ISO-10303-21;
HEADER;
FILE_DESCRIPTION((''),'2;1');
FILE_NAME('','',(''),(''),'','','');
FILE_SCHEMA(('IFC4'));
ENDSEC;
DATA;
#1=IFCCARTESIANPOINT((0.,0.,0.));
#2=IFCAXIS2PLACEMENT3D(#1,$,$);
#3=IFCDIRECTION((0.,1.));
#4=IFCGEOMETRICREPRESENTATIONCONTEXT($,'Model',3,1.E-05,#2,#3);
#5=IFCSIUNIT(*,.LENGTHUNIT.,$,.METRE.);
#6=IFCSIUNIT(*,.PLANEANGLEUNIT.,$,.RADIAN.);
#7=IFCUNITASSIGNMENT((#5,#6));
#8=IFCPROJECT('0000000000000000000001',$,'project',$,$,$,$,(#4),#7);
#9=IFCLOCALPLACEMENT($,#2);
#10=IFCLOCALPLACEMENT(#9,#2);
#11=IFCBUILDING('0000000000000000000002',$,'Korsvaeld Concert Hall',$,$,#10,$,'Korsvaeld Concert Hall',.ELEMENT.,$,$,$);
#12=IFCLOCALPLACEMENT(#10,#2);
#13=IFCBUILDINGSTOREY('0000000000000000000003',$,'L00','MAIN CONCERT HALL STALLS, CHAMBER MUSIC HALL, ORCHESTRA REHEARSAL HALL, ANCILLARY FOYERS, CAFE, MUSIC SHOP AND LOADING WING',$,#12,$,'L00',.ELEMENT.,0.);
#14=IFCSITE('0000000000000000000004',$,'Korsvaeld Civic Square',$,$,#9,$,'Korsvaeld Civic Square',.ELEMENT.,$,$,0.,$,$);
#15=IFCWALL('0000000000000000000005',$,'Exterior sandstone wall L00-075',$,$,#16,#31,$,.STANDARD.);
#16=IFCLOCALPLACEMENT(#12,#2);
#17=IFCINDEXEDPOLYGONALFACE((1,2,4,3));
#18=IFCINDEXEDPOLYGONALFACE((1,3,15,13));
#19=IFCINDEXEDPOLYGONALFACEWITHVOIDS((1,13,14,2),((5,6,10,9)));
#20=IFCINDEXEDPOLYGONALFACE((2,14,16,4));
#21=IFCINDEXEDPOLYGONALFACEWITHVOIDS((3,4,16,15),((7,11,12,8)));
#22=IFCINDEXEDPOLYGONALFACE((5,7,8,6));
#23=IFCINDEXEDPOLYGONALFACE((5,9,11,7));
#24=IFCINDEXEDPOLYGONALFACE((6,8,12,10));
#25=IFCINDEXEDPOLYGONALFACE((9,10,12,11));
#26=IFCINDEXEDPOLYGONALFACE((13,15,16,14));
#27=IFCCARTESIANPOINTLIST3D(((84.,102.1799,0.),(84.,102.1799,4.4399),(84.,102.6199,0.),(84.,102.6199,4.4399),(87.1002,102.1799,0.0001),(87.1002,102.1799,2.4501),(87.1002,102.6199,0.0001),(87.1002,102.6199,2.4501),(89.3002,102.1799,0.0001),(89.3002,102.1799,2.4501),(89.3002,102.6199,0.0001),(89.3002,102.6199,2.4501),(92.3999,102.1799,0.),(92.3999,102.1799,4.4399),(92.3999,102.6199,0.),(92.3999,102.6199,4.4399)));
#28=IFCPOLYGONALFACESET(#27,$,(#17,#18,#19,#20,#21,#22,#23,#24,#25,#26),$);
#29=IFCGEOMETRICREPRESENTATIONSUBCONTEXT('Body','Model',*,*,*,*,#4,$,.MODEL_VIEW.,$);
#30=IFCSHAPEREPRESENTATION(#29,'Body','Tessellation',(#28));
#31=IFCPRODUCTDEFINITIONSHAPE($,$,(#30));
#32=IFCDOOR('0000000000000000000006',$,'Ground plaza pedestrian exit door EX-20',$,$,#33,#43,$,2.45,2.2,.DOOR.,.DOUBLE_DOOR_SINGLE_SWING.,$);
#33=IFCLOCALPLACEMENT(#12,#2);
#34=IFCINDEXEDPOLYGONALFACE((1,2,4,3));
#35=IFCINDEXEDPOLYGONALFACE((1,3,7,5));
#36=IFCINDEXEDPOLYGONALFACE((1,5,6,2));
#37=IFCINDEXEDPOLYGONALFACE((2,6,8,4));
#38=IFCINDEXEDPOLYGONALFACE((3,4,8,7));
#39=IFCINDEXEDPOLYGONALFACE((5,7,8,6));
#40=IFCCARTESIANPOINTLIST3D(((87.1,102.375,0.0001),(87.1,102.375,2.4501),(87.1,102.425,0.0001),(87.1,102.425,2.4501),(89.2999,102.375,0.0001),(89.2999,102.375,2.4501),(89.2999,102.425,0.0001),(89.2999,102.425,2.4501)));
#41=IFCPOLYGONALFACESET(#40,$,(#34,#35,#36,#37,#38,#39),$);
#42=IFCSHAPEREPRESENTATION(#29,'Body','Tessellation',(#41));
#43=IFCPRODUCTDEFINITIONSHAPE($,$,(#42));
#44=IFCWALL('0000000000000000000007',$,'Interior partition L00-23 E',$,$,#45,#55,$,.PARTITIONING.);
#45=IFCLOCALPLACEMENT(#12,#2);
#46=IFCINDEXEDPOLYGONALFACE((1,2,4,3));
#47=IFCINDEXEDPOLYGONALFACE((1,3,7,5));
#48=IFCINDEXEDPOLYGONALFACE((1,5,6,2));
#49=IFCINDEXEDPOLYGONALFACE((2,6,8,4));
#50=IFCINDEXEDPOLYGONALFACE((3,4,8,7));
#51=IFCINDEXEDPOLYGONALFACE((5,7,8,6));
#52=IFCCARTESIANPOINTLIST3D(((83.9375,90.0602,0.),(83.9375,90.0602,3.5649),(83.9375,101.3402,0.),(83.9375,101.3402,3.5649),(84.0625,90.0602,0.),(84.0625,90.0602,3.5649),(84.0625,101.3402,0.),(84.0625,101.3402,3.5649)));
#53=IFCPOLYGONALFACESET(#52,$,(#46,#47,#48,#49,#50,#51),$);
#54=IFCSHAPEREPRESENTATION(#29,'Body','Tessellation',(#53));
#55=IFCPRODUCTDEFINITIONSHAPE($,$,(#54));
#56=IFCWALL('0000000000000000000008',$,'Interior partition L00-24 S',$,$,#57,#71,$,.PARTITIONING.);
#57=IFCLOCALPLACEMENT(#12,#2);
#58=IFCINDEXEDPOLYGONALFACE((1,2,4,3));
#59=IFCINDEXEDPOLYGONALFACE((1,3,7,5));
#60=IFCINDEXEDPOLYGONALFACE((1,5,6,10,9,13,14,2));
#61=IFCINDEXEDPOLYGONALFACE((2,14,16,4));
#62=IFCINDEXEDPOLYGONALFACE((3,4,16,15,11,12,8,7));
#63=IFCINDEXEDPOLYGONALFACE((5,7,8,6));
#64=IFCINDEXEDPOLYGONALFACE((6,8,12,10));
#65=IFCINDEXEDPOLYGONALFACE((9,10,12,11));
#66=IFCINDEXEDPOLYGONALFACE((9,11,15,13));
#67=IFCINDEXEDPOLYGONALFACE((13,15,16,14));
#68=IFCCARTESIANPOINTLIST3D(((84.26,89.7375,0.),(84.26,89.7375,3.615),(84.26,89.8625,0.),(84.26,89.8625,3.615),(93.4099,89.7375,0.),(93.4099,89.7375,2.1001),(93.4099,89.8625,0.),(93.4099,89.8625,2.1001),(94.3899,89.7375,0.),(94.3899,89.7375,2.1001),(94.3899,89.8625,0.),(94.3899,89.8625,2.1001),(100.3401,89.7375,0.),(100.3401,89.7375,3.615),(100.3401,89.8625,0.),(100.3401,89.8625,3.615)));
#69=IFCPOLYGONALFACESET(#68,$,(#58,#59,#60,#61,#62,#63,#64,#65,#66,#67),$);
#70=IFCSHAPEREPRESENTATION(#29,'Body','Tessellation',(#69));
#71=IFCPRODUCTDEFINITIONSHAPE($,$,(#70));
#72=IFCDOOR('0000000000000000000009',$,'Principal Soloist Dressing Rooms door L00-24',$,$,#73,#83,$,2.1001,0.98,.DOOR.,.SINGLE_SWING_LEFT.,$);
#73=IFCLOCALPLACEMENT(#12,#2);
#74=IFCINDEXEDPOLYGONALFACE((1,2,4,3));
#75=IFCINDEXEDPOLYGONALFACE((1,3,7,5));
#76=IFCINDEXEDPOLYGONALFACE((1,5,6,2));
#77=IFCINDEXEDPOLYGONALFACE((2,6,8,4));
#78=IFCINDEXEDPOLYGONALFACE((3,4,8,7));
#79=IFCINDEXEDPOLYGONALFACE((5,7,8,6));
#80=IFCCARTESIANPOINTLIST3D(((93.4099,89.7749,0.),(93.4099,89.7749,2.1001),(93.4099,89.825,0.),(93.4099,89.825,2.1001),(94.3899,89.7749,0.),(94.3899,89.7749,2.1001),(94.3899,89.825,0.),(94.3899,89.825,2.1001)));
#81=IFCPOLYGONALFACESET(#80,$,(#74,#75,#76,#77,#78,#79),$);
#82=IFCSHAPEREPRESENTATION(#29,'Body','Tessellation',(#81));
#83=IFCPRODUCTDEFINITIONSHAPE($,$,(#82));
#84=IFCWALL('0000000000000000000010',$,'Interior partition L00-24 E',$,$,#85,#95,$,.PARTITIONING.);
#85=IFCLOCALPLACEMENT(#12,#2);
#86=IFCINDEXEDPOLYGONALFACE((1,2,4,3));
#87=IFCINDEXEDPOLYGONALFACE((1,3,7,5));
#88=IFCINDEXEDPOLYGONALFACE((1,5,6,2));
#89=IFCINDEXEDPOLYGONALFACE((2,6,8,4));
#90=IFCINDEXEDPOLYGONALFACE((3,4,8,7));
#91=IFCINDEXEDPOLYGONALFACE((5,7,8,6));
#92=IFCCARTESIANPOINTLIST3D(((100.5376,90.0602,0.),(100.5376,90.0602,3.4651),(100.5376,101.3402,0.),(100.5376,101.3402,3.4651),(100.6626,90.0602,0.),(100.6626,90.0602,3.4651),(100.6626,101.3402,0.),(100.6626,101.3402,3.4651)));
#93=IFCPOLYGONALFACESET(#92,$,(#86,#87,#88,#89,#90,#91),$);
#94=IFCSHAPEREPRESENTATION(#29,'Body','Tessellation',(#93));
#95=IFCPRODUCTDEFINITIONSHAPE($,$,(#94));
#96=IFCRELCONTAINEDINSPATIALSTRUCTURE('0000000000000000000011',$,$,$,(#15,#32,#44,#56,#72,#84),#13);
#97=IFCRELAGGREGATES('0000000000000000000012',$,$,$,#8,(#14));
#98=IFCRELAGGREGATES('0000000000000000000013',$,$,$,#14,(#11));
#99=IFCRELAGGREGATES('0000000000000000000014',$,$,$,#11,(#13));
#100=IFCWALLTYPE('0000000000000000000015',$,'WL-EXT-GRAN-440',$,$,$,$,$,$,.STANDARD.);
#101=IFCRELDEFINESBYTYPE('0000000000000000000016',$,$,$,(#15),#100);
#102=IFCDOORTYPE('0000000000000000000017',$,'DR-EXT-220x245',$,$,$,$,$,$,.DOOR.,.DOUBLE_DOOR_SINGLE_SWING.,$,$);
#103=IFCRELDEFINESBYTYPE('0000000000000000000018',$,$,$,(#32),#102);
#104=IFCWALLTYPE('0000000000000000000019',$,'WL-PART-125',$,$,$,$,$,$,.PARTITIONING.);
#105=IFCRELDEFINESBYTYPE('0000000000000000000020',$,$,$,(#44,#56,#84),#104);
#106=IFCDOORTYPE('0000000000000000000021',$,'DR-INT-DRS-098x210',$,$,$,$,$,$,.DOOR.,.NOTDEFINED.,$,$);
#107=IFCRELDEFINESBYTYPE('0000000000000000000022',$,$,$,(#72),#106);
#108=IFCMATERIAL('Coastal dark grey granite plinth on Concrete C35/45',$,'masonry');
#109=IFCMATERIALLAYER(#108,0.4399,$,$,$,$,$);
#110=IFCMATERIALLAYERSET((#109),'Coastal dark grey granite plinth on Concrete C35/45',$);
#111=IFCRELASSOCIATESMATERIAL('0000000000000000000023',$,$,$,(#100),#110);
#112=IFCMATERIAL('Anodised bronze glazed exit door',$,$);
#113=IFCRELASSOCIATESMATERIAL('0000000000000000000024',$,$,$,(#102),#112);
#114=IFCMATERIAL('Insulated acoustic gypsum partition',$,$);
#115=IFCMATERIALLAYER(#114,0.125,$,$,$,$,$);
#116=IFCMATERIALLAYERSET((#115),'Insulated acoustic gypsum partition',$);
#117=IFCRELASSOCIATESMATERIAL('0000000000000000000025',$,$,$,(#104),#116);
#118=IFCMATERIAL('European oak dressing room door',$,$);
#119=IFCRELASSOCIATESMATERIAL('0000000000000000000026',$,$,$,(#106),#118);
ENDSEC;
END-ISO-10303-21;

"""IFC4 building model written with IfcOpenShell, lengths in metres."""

from ifc_helpers import new_model, si_unit, direction, frame, frame_2d, origin, place, context, subcontext, project, spatial, rectangle, extrude, material, layer, layer_set, type_object, element, fill, save


model = new_model("IFC4")

# Units and contexts
model_context = context("Model", 3, precision=1e-05, world=origin(), true_north=direction((0.0, 1.0)))
body_context = subcontext(model_context, "Body", "Model", "MODEL_VIEW")
ifc_project = project(units=[si_unit("LENGTHUNIT", "METRE"), si_unit("PLANEANGLEUNIT", "RADIAN")], contexts=[model_context])

# Site, building, storey
site_placement = place(None, origin())
site = spatial("IfcSite", under=ifc_project, at=site_placement, Name="Korsvaeld Civic Square", LongName="Korsvaeld Civic Square", CompositionType="ELEMENT", RefElevation=0.0)
building_placement = place(site_placement, origin())
building = spatial("IfcBuilding", under=site, at=building_placement, Name="Korsvaeld Concert Hall", LongName="Korsvaeld Concert Hall", CompositionType="ELEMENT")
storey_placement = place(building_placement, origin())
storey = spatial("IfcBuildingStorey", under=building, at=storey_placement, Name="L00", Description="MAIN CONCERT HALL STALLS, CHAMBER MUSIC HALL, ORCHESTRA REHEARSAL HALL, ANCILLARY FOYERS, CAFE, MUSIC SHOP AND LOADING WING", LongName="L00", CompositionType="ELEMENT", Elevation=0.0)

# Wall, opening, door
ifc_material_1 = material(Name="Coastal dark grey granite plinth on Concrete C35/45", Category="masonry")
ifc_layer_1 = layer(ifc_material_1, 0.4399)
ifc_layer_set_1 = layer_set([ifc_layer_1], Name="Coastal dark grey granite plinth on Concrete C35/45")
wall_type_1 = type_object("IfcWallType", Name="WL-EXT-GRAN-440", PredefinedType="STANDARD", material=ifc_layer_set_1)
wall_1_placement = place(storey_placement, frame((84.0, 102.3999, 0.0), z_axis=(0.0, 0.0, 1.0), x_axis=(1.0, 0.0, 0.0)))
wall_1 = element("IfcWall", 1, at=wall_1_placement, inside=storey, type_object=wall_type_1, Name="Exterior sandstone wall L00-075", PredefinedType="STANDARD", context=body_context, shape_type="SweptSolid", body=[
    extrude(rectangle(XDim=8.3999, YDim=0.4399, at=frame_2d((4.2, 0.0))), origin(), (0.0, 0.0, 1.0), 4.4399),
])
opening_1_placement = place(wall_1_placement, frame((3.1001, 0.0, 0.0)))
opening_1 = element("IfcOpeningElement", 2, at=opening_1_placement, cuts=wall_1, PredefinedType="OPENING", context=body_context, shape_type="SweptSolid", body=[
    extrude(rectangle(XDim=2.2, YDim=2.45, at=frame_2d((1.1001, 1.2251))), frame((0.0, 0.23, 0.0), z_axis=(0.0, -1.0, 0.0), x_axis=(1.0, 0.0, 0.0)), (0.0, 0.0, 1.0), 0.46),
])
ifc_material_2 = material(Name="Anodised bronze glazed exit door")
door_type_1 = type_object("IfcDoorType", Name="DR-EXT-220x245", OperationType="DOUBLE_DOOR_SINGLE_SWING", PredefinedType="DOOR", material=ifc_material_2)
door_1_placement = place(opening_1_placement, frame((2.2, 0.0, 0.0), z_axis=(0.0, 0.0, 1.0), x_axis=(-1.0, 0.0, 0.0)))
door_1 = element("IfcDoor", 3, at=door_1_placement, inside=storey, type_object=door_type_1, Name="Ground plaza pedestrian exit door EX-20", OperationType="DOUBLE_DOOR_SINGLE_SWING", OverallHeight=2.45, OverallWidth=2.2, PredefinedType="DOOR", context=body_context, shape_type="SweptSolid", body=[
    extrude(rectangle(XDim=2.2, YDim=2.45, at=frame_2d((1.1001, 1.2251))), frame((0.0, 0.0249, 0.0), z_axis=(0.0, -1.0, 0.0), x_axis=(1.0, 0.0, 0.0)), (0.0, 0.0, 1.0), 0.05),
])
fill(opening_1, door_1)

# Wall
ifc_material_3 = material(Name="Insulated acoustic gypsum partition")
ifc_layer_2 = layer(ifc_material_3, 0.125)
ifc_layer_set_2 = layer_set([ifc_layer_2], Name="Insulated acoustic gypsum partition")
wall_type_2 = type_object("IfcWallType", Name="WL-PART-125", PredefinedType="PARTITIONING", material=ifc_layer_set_2)
wall_2_placement = place(storey_placement, frame((84.0, 90.0601, 0.0), z_axis=(0.0, 0.0, 1.0), x_axis=(0.0, 1.0, 0.0)))
element("IfcWall", 4, at=wall_2_placement, inside=storey, type_object=wall_type_2, Name="Interior partition L00-23 E", PredefinedType="PARTITIONING", context=body_context, shape_type="SweptSolid", body=[
    extrude(rectangle(XDim=11.28, YDim=0.125, at=frame_2d((5.6401, 0.0))), origin(), (0.0, 0.0, 1.0), 3.5649),
])

# Wall, opening, door
wall_3_placement = place(storey_placement, frame((84.26, 89.8, 0.0), z_axis=(0.0, 0.0, 1.0), x_axis=(1.0, 0.0, 0.0)))
wall_3 = element("IfcWall", 5, at=wall_3_placement, inside=storey, type_object=wall_type_2, Name="Interior partition L00-24 S", PredefinedType="PARTITIONING", context=body_context, shape_type="SweptSolid", body=[
    extrude(rectangle(XDim=16.0801, YDim=0.125, at=frame_2d((8.04, 0.0))), origin(), (0.0, 0.0, 1.0), 3.615),
])
opening_2_placement = place(wall_3_placement, frame((9.1499, 0.0, 0.0)))
opening_2 = element("IfcOpeningElement", 6, at=opening_2_placement, cuts=wall_3, PredefinedType="OPENING", context=body_context, shape_type="SweptSolid", body=[
    extrude(rectangle(XDim=0.98, YDim=2.1001, at=frame_2d((0.49, 1.05))), frame((0.0, 0.0725, 0.0), z_axis=(0.0, -1.0, 0.0), x_axis=(1.0, 0.0, 0.0)), (0.0, 0.0, 1.0), 0.145),
])
ifc_material_4 = material(Name="European oak dressing room door")
door_type_2 = type_object("IfcDoorType", Name="DR-INT-DRS-098x210", OperationType="NOTDEFINED", PredefinedType="DOOR", material=ifc_material_4)
door_2_placement = place(opening_2_placement, origin())
door_2 = element("IfcDoor", 7, at=door_2_placement, inside=storey, type_object=door_type_2, Name="Principal Soloist Dressing Rooms door L00-24", OperationType="SINGLE_SWING_LEFT", OverallHeight=2.1001, OverallWidth=0.98, PredefinedType="DOOR", context=body_context, shape_type="SweptSolid", body=[
    extrude(rectangle(XDim=0.98, YDim=2.1001, at=frame_2d((0.49, 1.05))), frame((0.0, 0.0249, 0.0), z_axis=(0.0, -1.0, 0.0), x_axis=(1.0, 0.0, 0.0)), (0.0, 0.0, 1.0), 0.05),
])
fill(opening_2, door_2)

# Wall
wall_4_placement = place(storey_placement, frame((100.6001, 90.0601, 0.0), z_axis=(0.0, 0.0, 1.0), x_axis=(0.0, 1.0, 0.0)))
element("IfcWall", 8, at=wall_4_placement, inside=storey, type_object=wall_type_2, Name="Interior partition L00-24 E", PredefinedType="PARTITIONING", context=body_context, shape_type="SweptSolid", body=[
    extrude(rectangle(XDim=11.28, YDim=0.125, at=frame_2d((5.6401, 0.0))), origin(), (0.0, 0.0, 1.0), 3.4651),
])

save(model, "model.ifc")
